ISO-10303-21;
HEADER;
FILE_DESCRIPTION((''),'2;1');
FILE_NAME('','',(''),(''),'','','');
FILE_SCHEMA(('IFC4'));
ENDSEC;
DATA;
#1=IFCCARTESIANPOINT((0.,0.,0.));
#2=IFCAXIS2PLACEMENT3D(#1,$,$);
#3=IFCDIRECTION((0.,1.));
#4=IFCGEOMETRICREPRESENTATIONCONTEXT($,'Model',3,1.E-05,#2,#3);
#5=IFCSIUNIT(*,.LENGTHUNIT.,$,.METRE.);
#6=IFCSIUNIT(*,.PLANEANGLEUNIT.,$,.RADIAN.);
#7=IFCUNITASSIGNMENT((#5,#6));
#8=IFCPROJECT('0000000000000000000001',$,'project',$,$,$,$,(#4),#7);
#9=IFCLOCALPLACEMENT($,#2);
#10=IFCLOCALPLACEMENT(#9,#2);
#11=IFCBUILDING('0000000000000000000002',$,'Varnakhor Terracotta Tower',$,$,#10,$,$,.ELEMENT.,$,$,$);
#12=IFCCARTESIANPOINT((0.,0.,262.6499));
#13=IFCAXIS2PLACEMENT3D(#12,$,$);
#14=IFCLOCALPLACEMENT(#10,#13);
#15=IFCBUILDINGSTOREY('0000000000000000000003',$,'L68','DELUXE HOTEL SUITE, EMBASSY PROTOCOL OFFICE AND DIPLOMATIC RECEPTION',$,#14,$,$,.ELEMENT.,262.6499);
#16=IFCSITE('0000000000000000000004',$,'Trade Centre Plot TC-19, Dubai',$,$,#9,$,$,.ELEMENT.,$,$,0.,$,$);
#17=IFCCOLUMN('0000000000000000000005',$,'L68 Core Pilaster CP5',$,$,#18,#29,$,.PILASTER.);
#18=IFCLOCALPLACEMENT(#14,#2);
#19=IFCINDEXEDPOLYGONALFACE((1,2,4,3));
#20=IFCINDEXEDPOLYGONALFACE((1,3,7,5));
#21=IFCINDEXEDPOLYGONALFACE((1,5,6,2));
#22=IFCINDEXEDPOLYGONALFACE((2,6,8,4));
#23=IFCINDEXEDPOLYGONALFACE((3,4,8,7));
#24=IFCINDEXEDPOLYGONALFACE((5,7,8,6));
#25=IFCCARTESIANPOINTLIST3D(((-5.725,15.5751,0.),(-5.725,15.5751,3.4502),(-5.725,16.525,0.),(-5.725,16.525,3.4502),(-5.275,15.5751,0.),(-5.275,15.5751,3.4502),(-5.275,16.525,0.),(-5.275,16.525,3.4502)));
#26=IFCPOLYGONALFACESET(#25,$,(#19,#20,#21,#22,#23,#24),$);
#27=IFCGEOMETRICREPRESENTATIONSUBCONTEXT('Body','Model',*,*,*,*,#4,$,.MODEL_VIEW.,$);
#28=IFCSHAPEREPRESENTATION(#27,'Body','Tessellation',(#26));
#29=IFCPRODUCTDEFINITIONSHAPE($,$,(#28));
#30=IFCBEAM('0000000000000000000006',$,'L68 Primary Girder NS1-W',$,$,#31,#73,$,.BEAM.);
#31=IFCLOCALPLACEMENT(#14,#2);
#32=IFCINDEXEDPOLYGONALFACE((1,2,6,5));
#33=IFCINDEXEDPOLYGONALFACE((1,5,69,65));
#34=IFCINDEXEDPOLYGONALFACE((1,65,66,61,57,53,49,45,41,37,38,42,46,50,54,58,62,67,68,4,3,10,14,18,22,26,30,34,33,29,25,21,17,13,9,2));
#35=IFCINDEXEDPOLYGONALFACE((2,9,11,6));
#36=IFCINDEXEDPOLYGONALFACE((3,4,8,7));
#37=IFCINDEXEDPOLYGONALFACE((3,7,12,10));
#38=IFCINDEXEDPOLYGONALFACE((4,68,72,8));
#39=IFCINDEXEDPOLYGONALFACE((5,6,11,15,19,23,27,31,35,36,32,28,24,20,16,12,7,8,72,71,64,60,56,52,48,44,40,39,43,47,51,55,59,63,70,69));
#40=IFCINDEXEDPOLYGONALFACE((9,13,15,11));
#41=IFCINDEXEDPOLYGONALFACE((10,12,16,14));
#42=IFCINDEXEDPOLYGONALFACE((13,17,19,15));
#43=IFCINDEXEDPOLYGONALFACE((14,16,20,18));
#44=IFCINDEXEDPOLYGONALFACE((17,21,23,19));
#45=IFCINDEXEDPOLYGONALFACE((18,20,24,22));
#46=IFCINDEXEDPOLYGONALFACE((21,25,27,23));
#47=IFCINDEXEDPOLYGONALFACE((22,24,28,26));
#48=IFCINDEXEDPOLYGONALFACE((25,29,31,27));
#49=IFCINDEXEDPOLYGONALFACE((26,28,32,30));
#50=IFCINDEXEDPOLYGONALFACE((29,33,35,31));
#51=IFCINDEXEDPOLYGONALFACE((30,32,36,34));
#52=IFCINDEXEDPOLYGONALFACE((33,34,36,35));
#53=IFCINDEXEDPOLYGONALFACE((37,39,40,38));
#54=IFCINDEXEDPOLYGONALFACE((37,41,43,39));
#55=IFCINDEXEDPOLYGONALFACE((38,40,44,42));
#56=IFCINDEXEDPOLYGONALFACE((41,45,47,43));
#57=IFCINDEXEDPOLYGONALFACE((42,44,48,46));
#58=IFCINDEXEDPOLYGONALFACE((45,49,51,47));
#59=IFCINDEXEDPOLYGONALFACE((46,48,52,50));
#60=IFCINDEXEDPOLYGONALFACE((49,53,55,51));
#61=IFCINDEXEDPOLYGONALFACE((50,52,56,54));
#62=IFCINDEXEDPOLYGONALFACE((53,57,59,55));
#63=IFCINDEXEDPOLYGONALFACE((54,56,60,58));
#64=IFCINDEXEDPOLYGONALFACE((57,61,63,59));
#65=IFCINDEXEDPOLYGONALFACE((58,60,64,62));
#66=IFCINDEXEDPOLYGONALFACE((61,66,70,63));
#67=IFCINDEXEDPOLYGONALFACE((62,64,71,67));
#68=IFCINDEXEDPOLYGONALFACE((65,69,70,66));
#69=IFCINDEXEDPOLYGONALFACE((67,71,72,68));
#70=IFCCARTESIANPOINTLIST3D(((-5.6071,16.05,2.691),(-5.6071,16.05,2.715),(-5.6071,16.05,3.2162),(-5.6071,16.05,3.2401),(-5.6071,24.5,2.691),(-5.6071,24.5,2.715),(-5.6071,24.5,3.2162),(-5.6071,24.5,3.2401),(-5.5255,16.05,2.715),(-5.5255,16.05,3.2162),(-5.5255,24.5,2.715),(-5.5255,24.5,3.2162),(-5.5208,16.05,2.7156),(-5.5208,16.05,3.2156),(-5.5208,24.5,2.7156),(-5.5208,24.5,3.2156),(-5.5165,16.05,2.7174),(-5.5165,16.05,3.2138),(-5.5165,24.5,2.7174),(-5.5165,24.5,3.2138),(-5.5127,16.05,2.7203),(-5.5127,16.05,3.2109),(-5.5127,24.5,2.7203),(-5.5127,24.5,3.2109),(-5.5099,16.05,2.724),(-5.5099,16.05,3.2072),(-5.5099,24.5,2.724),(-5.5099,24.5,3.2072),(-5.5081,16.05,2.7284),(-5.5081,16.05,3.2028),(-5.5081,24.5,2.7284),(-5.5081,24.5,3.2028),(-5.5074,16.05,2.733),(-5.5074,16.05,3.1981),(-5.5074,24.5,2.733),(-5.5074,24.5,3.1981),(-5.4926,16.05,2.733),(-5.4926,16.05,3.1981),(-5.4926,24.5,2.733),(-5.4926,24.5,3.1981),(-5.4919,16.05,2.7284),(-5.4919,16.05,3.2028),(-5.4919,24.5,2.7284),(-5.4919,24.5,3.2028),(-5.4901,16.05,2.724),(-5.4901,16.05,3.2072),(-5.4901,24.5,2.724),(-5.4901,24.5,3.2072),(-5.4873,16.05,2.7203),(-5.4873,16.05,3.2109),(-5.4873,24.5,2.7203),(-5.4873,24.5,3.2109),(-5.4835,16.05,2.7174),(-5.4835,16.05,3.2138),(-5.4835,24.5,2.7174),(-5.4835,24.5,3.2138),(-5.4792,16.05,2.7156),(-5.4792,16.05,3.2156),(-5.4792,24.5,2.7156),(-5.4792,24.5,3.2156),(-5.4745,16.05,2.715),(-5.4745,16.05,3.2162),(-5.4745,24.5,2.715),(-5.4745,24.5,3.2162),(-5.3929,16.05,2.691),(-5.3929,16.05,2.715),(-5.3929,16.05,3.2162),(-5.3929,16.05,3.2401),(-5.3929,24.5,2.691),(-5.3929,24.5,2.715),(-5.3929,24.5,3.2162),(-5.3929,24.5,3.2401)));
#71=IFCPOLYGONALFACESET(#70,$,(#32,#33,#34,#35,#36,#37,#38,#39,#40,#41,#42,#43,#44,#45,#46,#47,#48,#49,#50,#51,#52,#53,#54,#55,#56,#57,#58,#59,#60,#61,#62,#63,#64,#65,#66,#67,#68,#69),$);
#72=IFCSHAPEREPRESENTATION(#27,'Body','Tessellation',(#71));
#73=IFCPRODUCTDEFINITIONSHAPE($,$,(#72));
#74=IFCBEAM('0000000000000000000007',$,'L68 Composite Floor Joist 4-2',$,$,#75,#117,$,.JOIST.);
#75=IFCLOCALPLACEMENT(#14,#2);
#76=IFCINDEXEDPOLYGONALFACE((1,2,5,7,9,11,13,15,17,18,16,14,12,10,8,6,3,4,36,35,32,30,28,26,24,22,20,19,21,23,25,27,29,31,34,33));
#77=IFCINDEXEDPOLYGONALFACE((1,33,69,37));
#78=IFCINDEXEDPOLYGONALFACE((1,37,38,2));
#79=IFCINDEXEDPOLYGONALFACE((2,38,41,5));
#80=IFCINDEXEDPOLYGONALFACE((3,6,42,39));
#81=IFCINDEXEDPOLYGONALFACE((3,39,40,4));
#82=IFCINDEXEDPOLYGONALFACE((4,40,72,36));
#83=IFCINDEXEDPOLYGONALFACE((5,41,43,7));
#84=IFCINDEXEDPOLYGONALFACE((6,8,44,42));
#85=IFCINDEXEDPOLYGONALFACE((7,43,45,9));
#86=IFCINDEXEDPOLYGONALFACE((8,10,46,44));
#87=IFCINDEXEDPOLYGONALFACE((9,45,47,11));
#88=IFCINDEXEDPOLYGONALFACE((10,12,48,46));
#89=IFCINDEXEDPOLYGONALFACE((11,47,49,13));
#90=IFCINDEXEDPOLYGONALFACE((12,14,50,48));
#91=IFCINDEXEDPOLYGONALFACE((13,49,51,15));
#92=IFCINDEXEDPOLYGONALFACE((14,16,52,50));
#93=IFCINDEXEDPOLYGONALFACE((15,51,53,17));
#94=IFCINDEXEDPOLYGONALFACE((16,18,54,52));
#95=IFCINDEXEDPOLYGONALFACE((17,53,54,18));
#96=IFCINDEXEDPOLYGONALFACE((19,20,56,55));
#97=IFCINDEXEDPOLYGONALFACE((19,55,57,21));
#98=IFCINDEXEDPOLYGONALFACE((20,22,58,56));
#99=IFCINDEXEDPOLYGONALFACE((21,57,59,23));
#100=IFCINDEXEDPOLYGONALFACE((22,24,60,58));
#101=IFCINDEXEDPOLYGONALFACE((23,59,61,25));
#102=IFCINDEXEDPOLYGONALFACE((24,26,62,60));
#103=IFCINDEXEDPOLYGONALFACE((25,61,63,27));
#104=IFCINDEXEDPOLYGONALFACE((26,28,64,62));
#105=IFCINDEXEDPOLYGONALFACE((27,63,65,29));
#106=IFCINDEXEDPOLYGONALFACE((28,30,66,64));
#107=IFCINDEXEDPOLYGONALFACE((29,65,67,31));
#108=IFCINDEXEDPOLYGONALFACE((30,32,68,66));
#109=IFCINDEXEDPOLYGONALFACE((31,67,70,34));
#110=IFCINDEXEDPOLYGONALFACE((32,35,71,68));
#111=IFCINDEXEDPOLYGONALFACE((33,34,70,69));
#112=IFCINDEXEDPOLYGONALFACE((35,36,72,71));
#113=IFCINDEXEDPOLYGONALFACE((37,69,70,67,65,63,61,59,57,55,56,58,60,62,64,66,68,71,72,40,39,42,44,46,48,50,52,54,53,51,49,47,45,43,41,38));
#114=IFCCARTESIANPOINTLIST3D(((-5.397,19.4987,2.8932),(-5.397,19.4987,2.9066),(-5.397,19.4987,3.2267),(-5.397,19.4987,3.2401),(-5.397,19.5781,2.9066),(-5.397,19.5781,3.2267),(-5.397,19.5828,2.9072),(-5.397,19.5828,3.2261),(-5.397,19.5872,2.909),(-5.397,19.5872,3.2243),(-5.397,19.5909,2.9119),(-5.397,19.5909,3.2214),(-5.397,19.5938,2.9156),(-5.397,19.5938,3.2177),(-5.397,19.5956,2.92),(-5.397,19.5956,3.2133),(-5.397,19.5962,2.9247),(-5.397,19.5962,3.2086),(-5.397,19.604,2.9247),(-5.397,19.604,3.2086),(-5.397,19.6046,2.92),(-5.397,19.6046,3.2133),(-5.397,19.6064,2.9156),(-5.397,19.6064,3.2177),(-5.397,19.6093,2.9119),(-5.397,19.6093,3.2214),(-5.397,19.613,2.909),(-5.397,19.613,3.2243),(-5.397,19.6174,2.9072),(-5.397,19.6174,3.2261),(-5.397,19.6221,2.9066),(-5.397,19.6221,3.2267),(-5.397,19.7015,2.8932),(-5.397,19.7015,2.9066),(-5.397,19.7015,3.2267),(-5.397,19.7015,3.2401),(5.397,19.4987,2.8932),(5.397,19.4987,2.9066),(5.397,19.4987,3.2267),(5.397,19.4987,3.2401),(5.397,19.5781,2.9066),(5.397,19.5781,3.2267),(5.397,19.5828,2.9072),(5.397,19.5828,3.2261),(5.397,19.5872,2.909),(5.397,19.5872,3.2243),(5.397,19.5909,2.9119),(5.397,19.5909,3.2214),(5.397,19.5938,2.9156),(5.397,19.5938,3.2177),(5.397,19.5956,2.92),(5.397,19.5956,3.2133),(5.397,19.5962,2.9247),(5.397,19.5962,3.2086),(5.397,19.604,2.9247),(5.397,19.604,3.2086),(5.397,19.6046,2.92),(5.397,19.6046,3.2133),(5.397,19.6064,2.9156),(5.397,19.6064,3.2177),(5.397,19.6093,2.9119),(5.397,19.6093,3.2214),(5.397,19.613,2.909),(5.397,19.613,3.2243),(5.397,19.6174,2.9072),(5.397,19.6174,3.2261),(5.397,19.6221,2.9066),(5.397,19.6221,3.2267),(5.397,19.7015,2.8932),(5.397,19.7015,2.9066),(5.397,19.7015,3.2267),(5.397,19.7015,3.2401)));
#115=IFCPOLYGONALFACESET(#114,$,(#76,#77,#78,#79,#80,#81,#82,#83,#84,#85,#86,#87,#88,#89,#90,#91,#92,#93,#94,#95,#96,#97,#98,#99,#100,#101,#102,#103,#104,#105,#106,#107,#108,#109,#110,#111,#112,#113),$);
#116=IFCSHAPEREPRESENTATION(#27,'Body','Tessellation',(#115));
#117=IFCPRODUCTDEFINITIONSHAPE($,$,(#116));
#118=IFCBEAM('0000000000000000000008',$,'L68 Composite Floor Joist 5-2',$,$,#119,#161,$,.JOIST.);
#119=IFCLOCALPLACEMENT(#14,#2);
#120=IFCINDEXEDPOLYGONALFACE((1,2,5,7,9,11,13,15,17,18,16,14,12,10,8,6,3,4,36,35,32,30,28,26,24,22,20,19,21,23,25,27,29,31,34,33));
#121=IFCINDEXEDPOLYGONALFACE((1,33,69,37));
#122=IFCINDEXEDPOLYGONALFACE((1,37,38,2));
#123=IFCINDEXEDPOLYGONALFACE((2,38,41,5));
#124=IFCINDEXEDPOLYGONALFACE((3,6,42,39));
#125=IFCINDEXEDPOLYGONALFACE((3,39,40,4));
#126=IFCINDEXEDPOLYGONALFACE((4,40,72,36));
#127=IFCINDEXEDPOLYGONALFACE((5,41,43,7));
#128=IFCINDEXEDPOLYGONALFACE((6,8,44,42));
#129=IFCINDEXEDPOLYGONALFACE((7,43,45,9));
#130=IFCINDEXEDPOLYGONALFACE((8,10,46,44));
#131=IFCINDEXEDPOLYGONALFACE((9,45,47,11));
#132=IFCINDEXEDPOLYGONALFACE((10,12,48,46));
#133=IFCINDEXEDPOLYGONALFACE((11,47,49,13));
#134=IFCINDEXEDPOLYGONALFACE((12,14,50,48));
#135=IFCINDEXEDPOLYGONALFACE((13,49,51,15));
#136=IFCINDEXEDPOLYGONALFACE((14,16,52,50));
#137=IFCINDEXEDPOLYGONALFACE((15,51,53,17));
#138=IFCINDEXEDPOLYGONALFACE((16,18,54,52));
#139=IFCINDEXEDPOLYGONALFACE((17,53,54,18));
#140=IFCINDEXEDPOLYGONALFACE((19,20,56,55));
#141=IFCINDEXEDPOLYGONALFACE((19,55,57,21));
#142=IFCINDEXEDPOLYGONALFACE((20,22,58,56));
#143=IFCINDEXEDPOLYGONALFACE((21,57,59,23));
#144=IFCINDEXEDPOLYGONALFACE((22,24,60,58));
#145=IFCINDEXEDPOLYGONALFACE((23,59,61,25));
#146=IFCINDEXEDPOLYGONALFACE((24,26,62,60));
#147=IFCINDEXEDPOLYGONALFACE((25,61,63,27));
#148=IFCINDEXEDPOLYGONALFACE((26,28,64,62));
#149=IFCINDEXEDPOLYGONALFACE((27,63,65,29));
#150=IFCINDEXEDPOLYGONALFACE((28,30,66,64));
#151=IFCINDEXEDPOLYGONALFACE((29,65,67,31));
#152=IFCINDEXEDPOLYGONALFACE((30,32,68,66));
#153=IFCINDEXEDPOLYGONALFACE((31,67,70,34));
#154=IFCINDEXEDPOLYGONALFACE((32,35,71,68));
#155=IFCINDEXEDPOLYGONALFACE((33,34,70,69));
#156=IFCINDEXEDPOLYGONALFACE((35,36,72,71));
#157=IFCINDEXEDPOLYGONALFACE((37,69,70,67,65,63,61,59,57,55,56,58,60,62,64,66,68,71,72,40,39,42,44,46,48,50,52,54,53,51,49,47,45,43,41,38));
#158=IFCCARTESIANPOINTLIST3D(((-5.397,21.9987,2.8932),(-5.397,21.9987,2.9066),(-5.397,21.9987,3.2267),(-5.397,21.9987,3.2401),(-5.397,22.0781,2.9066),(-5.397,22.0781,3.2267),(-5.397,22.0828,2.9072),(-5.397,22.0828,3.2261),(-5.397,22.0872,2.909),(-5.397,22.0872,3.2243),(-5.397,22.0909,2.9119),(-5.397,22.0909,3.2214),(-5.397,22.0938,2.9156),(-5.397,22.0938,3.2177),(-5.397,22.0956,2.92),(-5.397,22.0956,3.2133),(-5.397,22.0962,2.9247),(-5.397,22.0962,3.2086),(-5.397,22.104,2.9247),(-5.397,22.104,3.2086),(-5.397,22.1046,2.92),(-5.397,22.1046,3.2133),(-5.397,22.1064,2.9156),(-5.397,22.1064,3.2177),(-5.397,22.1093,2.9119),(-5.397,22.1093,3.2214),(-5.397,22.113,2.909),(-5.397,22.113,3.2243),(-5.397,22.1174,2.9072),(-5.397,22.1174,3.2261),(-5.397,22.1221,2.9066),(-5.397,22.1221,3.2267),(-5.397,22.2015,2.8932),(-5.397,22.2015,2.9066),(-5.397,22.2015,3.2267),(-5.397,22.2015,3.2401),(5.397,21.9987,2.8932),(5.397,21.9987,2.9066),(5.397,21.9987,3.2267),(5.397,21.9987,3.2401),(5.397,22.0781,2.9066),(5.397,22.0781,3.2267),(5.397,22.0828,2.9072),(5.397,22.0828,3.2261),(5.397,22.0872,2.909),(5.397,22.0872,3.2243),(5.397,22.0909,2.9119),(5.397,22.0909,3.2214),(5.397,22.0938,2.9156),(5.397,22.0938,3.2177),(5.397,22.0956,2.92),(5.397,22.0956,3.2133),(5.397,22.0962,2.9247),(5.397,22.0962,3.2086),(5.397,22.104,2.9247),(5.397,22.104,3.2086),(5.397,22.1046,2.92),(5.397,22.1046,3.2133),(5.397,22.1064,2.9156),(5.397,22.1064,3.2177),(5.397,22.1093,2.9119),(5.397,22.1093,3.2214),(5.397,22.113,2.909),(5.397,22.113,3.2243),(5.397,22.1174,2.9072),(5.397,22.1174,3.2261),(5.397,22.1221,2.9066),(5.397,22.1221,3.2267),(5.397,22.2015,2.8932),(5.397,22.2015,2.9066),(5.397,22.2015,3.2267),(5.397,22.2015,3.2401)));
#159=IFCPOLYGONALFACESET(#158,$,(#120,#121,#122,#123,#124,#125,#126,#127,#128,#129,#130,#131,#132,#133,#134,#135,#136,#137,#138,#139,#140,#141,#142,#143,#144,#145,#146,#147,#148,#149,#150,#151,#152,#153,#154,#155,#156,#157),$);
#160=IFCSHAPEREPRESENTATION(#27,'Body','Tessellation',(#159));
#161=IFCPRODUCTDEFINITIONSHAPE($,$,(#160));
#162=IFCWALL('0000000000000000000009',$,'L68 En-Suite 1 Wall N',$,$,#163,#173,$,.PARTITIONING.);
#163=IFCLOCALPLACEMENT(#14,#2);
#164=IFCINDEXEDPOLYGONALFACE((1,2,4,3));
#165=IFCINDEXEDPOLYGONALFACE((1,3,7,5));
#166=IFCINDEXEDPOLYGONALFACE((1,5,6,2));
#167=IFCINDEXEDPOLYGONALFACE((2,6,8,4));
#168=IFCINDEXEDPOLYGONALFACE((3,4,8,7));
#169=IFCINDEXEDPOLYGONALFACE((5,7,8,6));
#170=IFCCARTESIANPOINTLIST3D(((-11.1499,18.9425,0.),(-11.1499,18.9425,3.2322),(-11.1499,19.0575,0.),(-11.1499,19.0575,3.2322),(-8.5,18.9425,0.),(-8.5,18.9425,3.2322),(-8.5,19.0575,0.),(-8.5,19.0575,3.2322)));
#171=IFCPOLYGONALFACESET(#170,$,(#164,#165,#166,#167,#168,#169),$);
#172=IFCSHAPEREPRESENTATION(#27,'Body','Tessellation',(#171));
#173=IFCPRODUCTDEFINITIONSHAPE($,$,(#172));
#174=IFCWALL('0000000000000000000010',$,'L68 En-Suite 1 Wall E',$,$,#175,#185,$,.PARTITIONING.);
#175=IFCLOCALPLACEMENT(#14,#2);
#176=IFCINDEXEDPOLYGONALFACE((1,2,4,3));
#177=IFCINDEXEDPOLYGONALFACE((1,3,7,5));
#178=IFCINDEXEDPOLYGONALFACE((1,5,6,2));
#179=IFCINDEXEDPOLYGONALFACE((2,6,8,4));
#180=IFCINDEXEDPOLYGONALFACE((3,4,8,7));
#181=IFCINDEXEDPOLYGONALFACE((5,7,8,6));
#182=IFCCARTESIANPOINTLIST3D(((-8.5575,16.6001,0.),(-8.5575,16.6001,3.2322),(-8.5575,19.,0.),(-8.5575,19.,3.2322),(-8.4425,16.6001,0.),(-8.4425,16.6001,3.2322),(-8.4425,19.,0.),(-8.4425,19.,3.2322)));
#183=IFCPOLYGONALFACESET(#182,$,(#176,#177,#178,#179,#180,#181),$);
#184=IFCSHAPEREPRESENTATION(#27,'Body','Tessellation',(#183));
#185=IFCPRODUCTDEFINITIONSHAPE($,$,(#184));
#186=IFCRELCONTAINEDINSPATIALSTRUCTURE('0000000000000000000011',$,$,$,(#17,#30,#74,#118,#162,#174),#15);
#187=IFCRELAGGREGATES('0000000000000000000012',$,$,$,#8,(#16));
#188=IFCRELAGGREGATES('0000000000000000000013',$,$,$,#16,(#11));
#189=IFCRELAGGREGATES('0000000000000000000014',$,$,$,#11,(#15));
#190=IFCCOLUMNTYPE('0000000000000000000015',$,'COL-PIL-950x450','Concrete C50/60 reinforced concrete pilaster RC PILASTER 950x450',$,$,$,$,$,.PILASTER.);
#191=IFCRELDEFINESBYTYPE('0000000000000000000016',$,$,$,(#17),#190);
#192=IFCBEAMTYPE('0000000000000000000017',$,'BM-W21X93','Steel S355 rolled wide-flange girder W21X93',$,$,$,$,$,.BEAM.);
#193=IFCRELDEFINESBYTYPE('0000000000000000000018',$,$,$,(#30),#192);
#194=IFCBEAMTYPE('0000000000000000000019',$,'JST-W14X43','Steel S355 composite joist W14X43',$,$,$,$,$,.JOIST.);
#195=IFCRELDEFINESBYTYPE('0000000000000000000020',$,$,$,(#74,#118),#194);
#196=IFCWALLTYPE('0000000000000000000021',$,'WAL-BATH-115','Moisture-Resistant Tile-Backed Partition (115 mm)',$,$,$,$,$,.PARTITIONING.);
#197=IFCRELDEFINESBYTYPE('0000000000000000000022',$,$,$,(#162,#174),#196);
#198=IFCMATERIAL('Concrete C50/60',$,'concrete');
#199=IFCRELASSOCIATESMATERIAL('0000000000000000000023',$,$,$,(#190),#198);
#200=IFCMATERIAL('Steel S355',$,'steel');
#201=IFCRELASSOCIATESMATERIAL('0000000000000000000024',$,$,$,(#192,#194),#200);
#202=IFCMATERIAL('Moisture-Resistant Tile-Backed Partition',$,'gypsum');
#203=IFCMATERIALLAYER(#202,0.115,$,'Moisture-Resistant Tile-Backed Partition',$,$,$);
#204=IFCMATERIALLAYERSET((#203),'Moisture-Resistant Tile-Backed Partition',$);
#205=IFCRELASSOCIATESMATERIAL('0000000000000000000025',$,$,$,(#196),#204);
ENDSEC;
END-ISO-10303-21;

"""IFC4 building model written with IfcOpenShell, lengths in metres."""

from ifc_helpers import new_model, si_unit, direction, frame, frame_2d, origin, origin_2d, place, context, subcontext, project, spatial, rectangle, i_section, extrude, source, transform, mapped, material, layer, layer_set, material_profile, profile_set, type_object, type_shapes, element, save


model = new_model("IFC4")

# Units and contexts
model_context = context("Model", 3, precision=1e-05, world=origin(), true_north=direction((0.0, 1.0)))
body_context = subcontext(model_context, "Body", "Model", "MODEL_VIEW")
ifc_project = project(units=[si_unit("LENGTHUNIT", "METRE"), si_unit("PLANEANGLEUNIT", "RADIAN")], contexts=[model_context])

# Site, building, storey
site_placement = place(None, origin())
site = spatial("IfcSite", under=ifc_project, at=site_placement, Name="Trade Centre Plot TC-19, Dubai", CompositionType="ELEMENT", RefElevation=0.0)
building_placement = place(site_placement, origin())
building = spatial("IfcBuilding", under=site, at=building_placement, Name="Varnakhor Terracotta Tower", CompositionType="ELEMENT")
storey_placement = place(building_placement, frame((0.0, 0.0, 262.6499)))
storey = spatial("IfcBuildingStorey", under=building, at=storey_placement, Name="L68", Description="DELUXE HOTEL SUITE, EMBASSY PROTOCOL OFFICE AND DIPLOMATIC RECEPTION", CompositionType="ELEMENT", Elevation=262.6499)

# Column
ifc_material_1 = material(Name="Concrete C50/60", Category="concrete")
ifc_material_profile_1 = material_profile(ifc_material_1, rectangle(XDim=0.45, YDim=0.95, at=origin_2d()), Name="RC PILASTER 950x450")
ifc_profile_set_1 = profile_set([ifc_material_profile_1], Name="Concrete C50/60")
column_type = type_object("IfcColumnType", Name="COL-PIL-950x450", Description="Concrete C50/60 reinforced concrete pilaster RC PILASTER 950x450", PredefinedType="PILASTER", material=ifc_profile_set_1)
shared_shape_1 = source(origin(), body_context, "Body", "SweptSolid", [
    extrude(rectangle(XDim=0.45, YDim=0.95, at=origin_2d()), origin(), (0.0, 0.0, 1.0), 3.4502),
])
column_placement = place(storey_placement, frame((-5.5, 16.05, 0.0), z_axis=(0.0, 0.0, 1.0), x_axis=(1.0, 0.0, 0.0)))
element("IfcColumn", 1, at=column_placement, inside=storey, type_object=column_type, Name="L68 Core Pilaster CP5", PredefinedType="PILASTER", context=body_context, shape_type="MappedRepresentation", body=[
    mapped(shared_shape_1, transform((0.0, 0.0, 0.0), scale=1.0)),
])

# Beams
ifc_material_2 = material(Name="Steel S355", Category="steel")
ifc_material_profile_2 = material_profile(ifc_material_2, i_section(OverallWidth=0.2141, OverallDepth=0.5491, WebThickness=0.0149, FlangeThickness=0.0239, FilletRadius=0.0181, at=origin_2d()), Name="W21X93")
ifc_profile_set_2 = profile_set([ifc_material_profile_2], Name="Steel S355")
beam_type_1 = type_object("IfcBeamType", Name="BM-W21X93", Description="Steel S355 rolled wide-flange girder W21X93", PredefinedType="BEAM", material=ifc_profile_set_2)
shared_shape_2 = source(origin(), body_context, "Body", "SweptSolid", [
    extrude(i_section(OverallWidth=0.2141, OverallDepth=0.5491, WebThickness=0.0149, FlangeThickness=0.0239, FilletRadius=0.0181, at=origin_2d()), origin(), (0.0, 0.0, 1.0), 8.45),
])
type_shapes(beam_type_1, [shared_shape_2])
beam_placement = place(storey_placement, frame((-5.5, 16.05, 2.9656), z_axis=(0.0, 1.0, 0.0), x_axis=(-1.0, 0.0, 0.0)))
element("IfcBeam", 2, at=beam_placement, inside=storey, type_object=beam_type_1, Name="L68 Primary Girder NS1-W", PredefinedType="BEAM", context=body_context, shape_type="MappedRepresentation", body=[
    mapped(shared_shape_2, transform((0.0, 0.0, 0.0), scale=1.0)),
])
ifc_material_profile_3 = material_profile(ifc_material_2, i_section(OverallWidth=0.2029, OverallDepth=0.3469, WebThickness=0.0078, FlangeThickness=0.0134, FilletRadius=0.0181, at=origin_2d()), Name="W14X43")
ifc_profile_set_3 = profile_set([ifc_material_profile_3], Name="Steel S355")
beam_type_2 = type_object("IfcBeamType", Name="JST-W14X43", Description="Steel S355 composite joist W14X43", PredefinedType="JOIST", material=ifc_profile_set_3)
shared_shape_3 = source(origin(), body_context, "Body", "SweptSolid", [
    extrude(i_section(OverallWidth=0.2029, OverallDepth=0.3469, WebThickness=0.0078, FlangeThickness=0.0134, FilletRadius=0.0181, at=origin_2d()), origin(), (0.0, 0.0, 1.0), 10.7939),
])
for number, where, z_axis, x_axis, name in (
    (3, (-5.397, 19.6001, 3.0667), (1.0, 0.0, 0.0), (0.0, 1.0, 0.0), "L68 Composite Floor Joist 4-2"),
    (4, (-5.397, 22.1001, 3.0667), (1.0, 0.0, 0.0), (0.0, 1.0, 0.0), "L68 Composite Floor Joist 5-2"),
):
    element("IfcBeam", number, at=place(storey_placement, frame(where, z_axis=z_axis, x_axis=x_axis)), inside=storey, type_object=beam_type_2, Name=name, PredefinedType="JOIST", context=body_context, shape_type="MappedRepresentation", body=[
        mapped(shared_shape_3, transform((0.0, 0.0, 0.0), scale=1.0)),
    ])

# Wall
ifc_material_3 = material(Name="Moisture-Resistant Tile-Backed Partition", Category="gypsum")
ifc_layer_1 = layer(ifc_material_3, 0.115, Name="Moisture-Resistant Tile-Backed Partition")
ifc_layer_set_1 = layer_set([ifc_layer_1], Name="Moisture-Resistant Tile-Backed Partition")
wall_type_1 = type_object("IfcWallType", Name="WAL-BATH-115", Description="Moisture-Resistant Tile-Backed Partition (115 mm)", PredefinedType="PARTITIONING", material=ifc_layer_set_1)
wall_1_placement = place(storey_placement, frame((-11.1499, 19.0, 0.0), z_axis=(0.0, 0.0, 1.0), x_axis=(1.0, 0.0, 0.0)))
element("IfcWall", 5, at=wall_1_placement, inside=storey, type_object=wall_type_1, Name="L68 En-Suite 1 Wall N", PredefinedType="PARTITIONING", context=body_context, shape_type="SweptSolid", body=[
    extrude(rectangle(XDim=2.6499, YDim=0.115, at=frame_2d((1.325, 0.0))), origin(), (0.0, 0.0, 1.0), 3.2322),
])

# Wall
wall_2_placement = place(storey_placement, frame((-8.5, 16.6001, 0.0), z_axis=(0.0, 0.0, 1.0), x_axis=(0.0, 1.0, 0.0)))
element("IfcWall", 6, at=wall_2_placement, inside=storey, type_object=wall_type_1, Name="L68 En-Suite 1 Wall E", PredefinedType="PARTITIONING", context=body_context, shape_type="SweptSolid", body=[
    extrude(rectangle(XDim=2.3999, YDim=0.115, at=frame_2d((1.2, 0.0))), origin(), (0.0, 0.0, 1.0), 3.2322),
])

save(model, "model.ifc")
